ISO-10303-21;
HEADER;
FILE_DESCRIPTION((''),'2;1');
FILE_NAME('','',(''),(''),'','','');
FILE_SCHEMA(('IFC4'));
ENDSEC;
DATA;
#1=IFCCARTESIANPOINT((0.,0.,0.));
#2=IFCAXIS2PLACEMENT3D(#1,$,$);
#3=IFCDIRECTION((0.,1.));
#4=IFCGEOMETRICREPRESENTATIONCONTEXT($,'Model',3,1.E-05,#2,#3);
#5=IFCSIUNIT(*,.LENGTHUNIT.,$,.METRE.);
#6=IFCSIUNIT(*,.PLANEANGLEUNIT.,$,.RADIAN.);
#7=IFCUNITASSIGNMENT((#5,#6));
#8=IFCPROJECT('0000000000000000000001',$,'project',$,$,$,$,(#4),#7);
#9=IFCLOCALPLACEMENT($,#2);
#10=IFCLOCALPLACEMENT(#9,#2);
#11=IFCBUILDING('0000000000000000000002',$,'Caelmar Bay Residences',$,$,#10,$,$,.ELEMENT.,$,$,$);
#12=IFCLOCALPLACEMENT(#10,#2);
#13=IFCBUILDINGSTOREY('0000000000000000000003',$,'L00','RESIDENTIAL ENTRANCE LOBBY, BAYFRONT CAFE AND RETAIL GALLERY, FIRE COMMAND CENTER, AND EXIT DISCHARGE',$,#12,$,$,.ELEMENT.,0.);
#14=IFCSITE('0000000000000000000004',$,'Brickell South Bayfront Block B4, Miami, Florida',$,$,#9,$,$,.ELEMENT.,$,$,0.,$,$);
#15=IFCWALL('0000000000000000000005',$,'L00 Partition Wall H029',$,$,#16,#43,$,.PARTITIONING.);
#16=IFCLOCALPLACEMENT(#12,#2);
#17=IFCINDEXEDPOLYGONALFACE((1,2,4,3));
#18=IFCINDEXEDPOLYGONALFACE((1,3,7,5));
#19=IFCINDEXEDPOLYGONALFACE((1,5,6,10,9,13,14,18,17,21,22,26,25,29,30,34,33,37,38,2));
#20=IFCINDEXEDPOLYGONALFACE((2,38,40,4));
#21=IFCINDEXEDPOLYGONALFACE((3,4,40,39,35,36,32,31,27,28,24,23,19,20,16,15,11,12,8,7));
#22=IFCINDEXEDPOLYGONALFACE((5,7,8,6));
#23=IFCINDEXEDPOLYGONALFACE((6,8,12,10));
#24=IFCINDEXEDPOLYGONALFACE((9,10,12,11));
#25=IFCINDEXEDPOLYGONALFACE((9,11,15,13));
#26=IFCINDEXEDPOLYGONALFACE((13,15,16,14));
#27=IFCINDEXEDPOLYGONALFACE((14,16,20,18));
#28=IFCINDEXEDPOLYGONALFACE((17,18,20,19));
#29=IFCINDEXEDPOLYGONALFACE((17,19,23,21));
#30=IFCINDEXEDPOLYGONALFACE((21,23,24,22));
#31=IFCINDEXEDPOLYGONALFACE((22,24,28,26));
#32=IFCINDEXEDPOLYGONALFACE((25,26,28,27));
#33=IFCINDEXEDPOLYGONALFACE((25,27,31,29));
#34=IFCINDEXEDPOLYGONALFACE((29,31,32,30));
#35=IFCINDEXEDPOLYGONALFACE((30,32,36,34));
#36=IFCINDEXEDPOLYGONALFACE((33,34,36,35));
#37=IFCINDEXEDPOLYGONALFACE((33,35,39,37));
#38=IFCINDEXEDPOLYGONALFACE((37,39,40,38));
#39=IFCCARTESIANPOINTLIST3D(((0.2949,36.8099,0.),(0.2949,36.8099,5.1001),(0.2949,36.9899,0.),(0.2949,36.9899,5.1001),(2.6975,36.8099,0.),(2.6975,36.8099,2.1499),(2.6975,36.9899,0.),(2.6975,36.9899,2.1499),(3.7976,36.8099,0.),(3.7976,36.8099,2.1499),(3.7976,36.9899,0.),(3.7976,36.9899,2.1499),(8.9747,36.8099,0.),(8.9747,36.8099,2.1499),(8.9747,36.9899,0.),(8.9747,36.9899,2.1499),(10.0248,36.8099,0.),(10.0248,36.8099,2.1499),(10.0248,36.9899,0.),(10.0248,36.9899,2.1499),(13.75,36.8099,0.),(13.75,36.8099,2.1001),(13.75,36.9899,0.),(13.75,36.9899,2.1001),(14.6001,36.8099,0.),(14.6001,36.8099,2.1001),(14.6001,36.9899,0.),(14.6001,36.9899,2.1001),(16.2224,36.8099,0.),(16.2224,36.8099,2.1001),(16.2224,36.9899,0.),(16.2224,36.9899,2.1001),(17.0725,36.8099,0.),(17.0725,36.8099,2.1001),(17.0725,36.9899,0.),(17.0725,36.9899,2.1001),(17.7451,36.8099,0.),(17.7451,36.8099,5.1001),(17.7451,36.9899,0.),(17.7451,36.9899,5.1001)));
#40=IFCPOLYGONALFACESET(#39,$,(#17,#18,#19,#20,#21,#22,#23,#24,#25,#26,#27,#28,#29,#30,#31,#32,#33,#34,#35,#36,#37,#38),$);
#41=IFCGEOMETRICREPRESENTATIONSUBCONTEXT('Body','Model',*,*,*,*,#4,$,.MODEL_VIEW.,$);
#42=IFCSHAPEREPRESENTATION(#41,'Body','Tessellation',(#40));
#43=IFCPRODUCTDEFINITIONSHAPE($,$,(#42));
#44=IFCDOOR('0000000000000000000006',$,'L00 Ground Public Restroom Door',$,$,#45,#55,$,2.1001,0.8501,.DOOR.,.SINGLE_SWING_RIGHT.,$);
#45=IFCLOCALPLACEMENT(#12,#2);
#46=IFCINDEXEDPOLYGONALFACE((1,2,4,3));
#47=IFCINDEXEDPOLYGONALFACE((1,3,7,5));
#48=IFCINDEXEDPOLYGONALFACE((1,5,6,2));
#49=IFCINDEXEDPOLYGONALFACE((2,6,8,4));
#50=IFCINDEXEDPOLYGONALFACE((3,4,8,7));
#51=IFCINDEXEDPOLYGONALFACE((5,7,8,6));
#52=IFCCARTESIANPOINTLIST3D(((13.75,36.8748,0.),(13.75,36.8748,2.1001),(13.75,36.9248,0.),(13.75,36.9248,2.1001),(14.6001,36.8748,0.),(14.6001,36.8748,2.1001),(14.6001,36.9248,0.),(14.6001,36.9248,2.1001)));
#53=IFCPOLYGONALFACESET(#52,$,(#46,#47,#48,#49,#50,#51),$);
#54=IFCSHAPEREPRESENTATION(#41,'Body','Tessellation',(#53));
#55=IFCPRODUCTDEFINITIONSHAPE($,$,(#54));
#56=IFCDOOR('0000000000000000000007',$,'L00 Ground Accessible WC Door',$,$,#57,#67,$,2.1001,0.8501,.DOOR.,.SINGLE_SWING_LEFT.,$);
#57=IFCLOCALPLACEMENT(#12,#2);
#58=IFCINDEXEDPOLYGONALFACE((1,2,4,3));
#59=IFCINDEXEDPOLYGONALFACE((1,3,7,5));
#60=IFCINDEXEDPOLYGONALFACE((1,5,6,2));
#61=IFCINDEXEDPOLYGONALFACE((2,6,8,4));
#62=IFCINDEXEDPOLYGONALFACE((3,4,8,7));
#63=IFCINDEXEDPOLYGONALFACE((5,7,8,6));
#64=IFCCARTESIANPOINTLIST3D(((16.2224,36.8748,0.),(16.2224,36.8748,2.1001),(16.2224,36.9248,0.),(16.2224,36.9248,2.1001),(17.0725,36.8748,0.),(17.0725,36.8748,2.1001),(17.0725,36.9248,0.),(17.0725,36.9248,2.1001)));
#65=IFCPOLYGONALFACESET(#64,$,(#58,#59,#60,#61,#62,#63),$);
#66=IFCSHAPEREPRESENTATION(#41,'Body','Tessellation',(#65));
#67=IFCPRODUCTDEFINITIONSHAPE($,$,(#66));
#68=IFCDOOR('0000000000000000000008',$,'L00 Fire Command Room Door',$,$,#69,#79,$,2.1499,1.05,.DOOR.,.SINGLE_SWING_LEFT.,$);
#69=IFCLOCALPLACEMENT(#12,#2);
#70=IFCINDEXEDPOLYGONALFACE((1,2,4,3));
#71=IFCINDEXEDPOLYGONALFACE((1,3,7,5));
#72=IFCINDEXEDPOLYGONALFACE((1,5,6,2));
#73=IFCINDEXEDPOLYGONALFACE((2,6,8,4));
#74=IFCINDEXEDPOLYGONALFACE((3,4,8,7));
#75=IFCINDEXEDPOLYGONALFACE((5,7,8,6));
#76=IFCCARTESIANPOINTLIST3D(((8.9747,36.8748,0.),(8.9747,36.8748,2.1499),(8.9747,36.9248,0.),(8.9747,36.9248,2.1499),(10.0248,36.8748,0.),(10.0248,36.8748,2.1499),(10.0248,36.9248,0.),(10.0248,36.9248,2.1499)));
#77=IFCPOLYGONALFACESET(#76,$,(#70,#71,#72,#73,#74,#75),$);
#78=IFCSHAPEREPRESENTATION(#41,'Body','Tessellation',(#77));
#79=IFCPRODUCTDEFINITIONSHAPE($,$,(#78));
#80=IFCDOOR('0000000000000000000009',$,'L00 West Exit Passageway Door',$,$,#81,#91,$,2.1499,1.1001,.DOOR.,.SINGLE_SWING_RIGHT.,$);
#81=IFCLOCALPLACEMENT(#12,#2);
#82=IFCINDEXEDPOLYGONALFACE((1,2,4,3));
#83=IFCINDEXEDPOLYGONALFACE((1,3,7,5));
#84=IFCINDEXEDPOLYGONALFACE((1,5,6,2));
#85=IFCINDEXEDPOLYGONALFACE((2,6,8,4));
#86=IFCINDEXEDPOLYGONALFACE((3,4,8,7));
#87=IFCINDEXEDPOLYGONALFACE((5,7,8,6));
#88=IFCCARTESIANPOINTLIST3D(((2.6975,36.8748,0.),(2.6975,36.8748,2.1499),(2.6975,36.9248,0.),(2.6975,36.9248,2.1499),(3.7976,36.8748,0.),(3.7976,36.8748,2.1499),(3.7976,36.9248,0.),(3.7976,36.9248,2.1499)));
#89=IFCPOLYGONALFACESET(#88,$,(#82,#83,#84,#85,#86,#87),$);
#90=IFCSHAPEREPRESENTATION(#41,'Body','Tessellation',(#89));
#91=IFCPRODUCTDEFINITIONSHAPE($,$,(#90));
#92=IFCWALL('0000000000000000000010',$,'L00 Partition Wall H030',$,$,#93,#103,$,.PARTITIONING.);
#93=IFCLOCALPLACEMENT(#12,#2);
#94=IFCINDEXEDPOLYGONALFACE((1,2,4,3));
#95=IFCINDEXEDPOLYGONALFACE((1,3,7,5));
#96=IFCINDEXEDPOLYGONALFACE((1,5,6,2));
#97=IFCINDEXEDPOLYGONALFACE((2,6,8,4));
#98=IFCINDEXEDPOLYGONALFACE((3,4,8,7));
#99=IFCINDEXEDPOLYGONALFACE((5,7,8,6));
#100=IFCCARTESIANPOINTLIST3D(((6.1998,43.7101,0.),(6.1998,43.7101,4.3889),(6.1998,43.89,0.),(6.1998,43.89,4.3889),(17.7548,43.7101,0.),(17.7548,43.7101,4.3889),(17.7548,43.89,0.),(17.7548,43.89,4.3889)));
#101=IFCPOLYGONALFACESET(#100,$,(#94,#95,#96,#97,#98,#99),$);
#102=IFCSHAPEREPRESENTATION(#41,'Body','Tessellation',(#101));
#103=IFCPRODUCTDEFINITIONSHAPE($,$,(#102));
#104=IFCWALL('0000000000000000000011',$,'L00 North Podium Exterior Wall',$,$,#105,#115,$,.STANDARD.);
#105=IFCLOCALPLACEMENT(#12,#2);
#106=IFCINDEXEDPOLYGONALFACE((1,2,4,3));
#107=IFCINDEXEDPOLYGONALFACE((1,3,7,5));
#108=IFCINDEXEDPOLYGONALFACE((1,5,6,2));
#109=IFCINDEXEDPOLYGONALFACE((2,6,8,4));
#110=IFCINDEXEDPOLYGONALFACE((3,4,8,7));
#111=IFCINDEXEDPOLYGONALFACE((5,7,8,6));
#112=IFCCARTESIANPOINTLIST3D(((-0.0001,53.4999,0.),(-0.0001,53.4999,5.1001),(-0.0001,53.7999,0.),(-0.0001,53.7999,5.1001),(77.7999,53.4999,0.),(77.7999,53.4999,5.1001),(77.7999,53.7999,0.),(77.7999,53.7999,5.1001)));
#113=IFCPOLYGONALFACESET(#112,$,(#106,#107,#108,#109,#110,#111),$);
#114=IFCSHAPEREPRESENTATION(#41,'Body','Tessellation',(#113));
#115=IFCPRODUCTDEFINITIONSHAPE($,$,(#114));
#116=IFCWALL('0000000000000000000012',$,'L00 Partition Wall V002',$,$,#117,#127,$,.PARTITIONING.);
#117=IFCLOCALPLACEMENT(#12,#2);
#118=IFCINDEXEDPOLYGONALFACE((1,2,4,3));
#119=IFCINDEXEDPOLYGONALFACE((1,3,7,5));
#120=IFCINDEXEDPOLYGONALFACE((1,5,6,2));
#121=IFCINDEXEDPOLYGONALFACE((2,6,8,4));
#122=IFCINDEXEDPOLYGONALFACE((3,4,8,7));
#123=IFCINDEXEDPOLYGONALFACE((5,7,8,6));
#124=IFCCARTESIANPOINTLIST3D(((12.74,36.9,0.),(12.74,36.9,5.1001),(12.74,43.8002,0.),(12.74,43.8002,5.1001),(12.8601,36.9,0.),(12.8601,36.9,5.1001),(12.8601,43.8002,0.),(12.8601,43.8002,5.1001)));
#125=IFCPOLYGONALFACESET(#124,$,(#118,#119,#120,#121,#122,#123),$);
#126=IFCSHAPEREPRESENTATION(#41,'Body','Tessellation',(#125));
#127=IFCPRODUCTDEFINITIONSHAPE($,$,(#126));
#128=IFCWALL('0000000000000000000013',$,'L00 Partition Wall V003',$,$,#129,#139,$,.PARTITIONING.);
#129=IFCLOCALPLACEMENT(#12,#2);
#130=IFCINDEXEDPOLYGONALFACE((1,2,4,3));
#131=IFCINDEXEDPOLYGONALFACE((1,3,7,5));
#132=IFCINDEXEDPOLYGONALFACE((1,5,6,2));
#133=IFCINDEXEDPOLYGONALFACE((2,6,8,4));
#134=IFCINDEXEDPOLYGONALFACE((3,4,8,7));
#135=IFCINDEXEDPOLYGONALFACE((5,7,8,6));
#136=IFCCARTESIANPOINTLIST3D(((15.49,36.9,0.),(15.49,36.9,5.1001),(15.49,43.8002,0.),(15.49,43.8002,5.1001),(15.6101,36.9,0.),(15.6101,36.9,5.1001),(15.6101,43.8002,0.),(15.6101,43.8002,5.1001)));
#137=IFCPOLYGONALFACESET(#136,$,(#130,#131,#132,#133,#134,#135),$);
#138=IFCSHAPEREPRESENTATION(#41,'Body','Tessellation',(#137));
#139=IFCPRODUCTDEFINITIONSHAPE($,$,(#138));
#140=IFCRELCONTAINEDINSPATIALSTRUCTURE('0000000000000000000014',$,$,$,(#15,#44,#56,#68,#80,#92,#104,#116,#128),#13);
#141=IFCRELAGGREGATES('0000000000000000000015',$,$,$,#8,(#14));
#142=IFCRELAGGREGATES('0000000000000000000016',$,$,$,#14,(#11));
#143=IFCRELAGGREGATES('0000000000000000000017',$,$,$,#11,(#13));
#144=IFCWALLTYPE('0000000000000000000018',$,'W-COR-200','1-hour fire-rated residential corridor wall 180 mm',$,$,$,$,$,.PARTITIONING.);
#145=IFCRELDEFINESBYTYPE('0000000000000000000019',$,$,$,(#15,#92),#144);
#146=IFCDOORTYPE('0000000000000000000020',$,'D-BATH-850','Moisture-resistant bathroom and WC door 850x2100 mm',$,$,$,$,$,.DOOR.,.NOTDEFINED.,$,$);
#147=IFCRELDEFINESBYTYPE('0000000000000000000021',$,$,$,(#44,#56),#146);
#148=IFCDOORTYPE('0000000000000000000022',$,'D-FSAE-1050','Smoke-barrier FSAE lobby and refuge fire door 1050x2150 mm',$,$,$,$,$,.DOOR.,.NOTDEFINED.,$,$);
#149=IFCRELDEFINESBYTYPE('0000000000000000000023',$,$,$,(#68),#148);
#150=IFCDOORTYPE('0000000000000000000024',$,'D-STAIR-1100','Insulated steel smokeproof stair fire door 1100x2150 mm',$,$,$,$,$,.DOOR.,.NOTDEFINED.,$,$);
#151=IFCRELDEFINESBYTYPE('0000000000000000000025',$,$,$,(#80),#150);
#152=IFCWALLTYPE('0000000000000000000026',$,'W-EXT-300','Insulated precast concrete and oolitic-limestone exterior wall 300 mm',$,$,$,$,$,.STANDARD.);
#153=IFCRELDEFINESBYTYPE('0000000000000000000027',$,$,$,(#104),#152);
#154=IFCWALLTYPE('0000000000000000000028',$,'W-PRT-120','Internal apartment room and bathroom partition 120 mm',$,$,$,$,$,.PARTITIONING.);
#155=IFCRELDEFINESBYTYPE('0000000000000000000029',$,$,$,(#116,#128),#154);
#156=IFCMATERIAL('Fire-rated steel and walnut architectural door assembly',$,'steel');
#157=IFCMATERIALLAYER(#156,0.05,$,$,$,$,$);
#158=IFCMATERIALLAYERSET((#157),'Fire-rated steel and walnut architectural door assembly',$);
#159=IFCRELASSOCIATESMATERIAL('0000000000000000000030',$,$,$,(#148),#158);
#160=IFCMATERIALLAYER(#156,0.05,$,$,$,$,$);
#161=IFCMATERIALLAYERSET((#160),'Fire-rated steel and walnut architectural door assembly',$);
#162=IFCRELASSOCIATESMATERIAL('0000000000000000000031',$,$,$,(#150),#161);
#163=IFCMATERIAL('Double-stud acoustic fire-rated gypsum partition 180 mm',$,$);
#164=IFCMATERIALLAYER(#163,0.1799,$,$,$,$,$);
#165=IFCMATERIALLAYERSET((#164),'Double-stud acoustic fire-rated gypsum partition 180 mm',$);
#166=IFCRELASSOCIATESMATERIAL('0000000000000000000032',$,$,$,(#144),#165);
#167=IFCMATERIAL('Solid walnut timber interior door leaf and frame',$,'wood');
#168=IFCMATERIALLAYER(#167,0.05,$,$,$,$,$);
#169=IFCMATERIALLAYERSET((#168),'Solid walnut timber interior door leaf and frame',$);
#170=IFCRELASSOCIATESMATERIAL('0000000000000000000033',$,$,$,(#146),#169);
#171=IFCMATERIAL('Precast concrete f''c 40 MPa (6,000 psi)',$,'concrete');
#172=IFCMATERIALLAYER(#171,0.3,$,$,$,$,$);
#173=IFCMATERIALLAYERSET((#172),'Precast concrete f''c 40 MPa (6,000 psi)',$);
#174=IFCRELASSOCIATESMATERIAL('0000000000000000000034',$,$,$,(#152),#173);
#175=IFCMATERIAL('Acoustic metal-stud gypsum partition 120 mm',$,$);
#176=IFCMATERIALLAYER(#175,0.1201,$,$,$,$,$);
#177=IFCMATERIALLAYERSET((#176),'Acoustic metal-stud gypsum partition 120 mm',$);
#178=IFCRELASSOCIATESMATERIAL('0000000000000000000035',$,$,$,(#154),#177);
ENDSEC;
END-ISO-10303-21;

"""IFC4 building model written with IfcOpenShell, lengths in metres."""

from ifc_helpers import new_model, si_unit, direction, frame, frame_2d, origin, place, context, subcontext, project, spatial, rectangle, extrude, material, layer, layer_set, type_object, element, fill, save


model = new_model("IFC4")

# Units and contexts
model_context = context("Model", 3, precision=1e-05, world=origin(), true_north=direction((0.0, 1.0)))
body_context = subcontext(model_context, "Body", "Model", "MODEL_VIEW")
ifc_project = project(units=[si_unit("LENGTHUNIT", "METRE"), si_unit("PLANEANGLEUNIT", "RADIAN")], contexts=[model_context])

# Site, building, storey
site_placement = place(None, origin())
site = spatial("IfcSite", under=ifc_project, at=site_placement, Name="Brickell South Bayfront Block B4, Miami, Florida", CompositionType="ELEMENT", RefElevation=0.0)
building_placement = place(site_placement, origin())
building = spatial("IfcBuilding", under=site, at=building_placement, Name="Caelmar Bay Residences", CompositionType="ELEMENT")
storey_placement = place(building_placement, origin())
storey = spatial("IfcBuildingStorey", under=building, at=storey_placement, Name="L00", Description="RESIDENTIAL ENTRANCE LOBBY, BAYFRONT CAFE AND RETAIL GALLERY, FIRE COMMAND CENTER, AND EXIT DISCHARGE", CompositionType="ELEMENT", Elevation=0.0)

# Shared definitions
ifc_material_1 = material(Name="Fire-rated steel and walnut architectural door assembly", Category="steel")
ifc_layer_1 = layer(ifc_material_1, 0.05)
ifc_layer_set_1 = layer_set([ifc_layer_1], Name="Fire-rated steel and walnut architectural door assembly")
door_type_1 = type_object("IfcDoorType", Name="D-FSAE-1050", Description="Smoke-barrier FSAE lobby and refuge fire door 1050x2150 mm", OperationType="NOTDEFINED", PredefinedType="DOOR", material=ifc_layer_set_1)
ifc_layer_2 = layer(ifc_material_1, 0.05)
ifc_layer_set_2 = layer_set([ifc_layer_2], Name="Fire-rated steel and walnut architectural door assembly")
door_type_2 = type_object("IfcDoorType", Name="D-STAIR-1100", Description="Insulated steel smokeproof stair fire door 1100x2150 mm", OperationType="NOTDEFINED", PredefinedType="DOOR", material=ifc_layer_set_2)

# Shared definitions
ifc_material_2 = material(Name="Double-stud acoustic fire-rated gypsum partition 180 mm")
ifc_layer_3 = layer(ifc_material_2, 0.1799)
ifc_layer_set_3 = layer_set([ifc_layer_3], Name="Double-stud acoustic fire-rated gypsum partition 180 mm")
wall_type_1 = type_object("IfcWallType", Name="W-COR-200", Description="1-hour fire-rated residential corridor wall 180 mm", PredefinedType="PARTITIONING", material=ifc_layer_set_3)

# Wall, openings, doors
wall_1_placement = place(storey_placement, frame((0.2949, 36.8999, 0.0), z_axis=(0.0, 0.0, 1.0), x_axis=(1.0, 0.0, 0.0)))
wall_1 = element("IfcWall", 1, at=wall_1_placement, inside=storey, type_object=wall_type_1, Name="L00 Partition Wall H029", PredefinedType="PARTITIONING", context=body_context, shape_type="SweptSolid", body=[
    extrude(rectangle(XDim=17.4502, YDim=0.1799, at=frame_2d((8.7251, 0.0))), origin(), (0.0, 0.0, 1.0), 5.1001),
])
opening_1_placement = place(wall_1_placement, frame((2.4026, 0.0, 0.0)))
opening_1 = element("IfcOpeningElement", 2, at=opening_1_placement, cuts=wall_1, PredefinedType="OPENING", context=body_context, shape_type="SweptSolid", body=[
    extrude(rectangle(XDim=1.1001, YDim=2.1499, at=frame_2d((0.55, 1.075))), frame((0.0, 0.0999, 0.0), z_axis=(0.0, -1.0, 0.0), x_axis=(1.0, 0.0, 0.0)), (0.0, 0.0, 1.0), 0.2),
])
opening_2_placement = place(wall_1_placement, frame((8.6799, 0.0, 0.0)))
opening_2 = element("IfcOpeningElement", 3, at=opening_2_placement, cuts=wall_1, PredefinedType="OPENING", context=body_context, shape_type="SweptSolid", body=[
    extrude(rectangle(XDim=1.05, YDim=2.1499, at=frame_2d((0.5249, 1.075))), frame((0.0, 0.0999, 0.0), z_axis=(0.0, -1.0, 0.0), x_axis=(1.0, 0.0, 0.0)), (0.0, 0.0, 1.0), 0.2),
])
opening_3_placement = place(wall_1_placement, frame((13.4551, 0.0, 0.0)))
opening_3 = element("IfcOpeningElement", 4, at=opening_3_placement, cuts=wall_1, PredefinedType="OPENING", context=body_context, shape_type="SweptSolid", body=[
    extrude(rectangle(XDim=0.8501, YDim=2.1001, at=frame_2d((0.425, 1.05))), frame((0.0, 0.0999, 0.0), z_axis=(0.0, -1.0, 0.0), x_axis=(1.0, 0.0, 0.0)), (0.0, 0.0, 1.0), 0.2),
])
opening_4_placement = place(wall_1_placement, frame((15.9275, 0.0, 0.0)))
opening_4 = element("IfcOpeningElement", 5, at=opening_4_placement, cuts=wall_1, PredefinedType="OPENING", context=body_context, shape_type="SweptSolid", body=[
    extrude(rectangle(XDim=0.8501, YDim=2.1001, at=frame_2d((0.425, 1.05))), frame((0.0, 0.0999, 0.0), z_axis=(0.0, -1.0, 0.0), x_axis=(1.0, 0.0, 0.0)), (0.0, 0.0, 1.0), 0.2),
])
ifc_material_3 = material(Name="Solid walnut timber interior door leaf and frame", Category="wood")
ifc_layer_4 = layer(ifc_material_3, 0.05)
ifc_layer_set_4 = layer_set([ifc_layer_4], Name="Solid walnut timber interior door leaf and frame")
door_type_3 = type_object("IfcDoorType", Name="D-BATH-850", Description="Moisture-resistant bathroom and WC door 850x2100 mm", OperationType="NOTDEFINED", PredefinedType="DOOR", material=ifc_layer_set_4)
door_1_placement = place(opening_3_placement, origin())
door_1 = element("IfcDoor", 6, at=door_1_placement, inside=storey, type_object=door_type_3, Name="L00 Ground Public Restroom Door", OperationType="SINGLE_SWING_RIGHT", OverallHeight=2.1001, OverallWidth=0.8501, PredefinedType="DOOR", context=body_context, shape_type="SweptSolid", body=[
    extrude(rectangle(XDim=0.8501, YDim=2.1001, at=frame_2d((0.425, 1.05))), frame((0.0, 0.0249, 0.0), z_axis=(0.0, -1.0, 0.0), x_axis=(1.0, 0.0, 0.0)), (0.0, 0.0, 1.0), 0.05),
])
fill(opening_3, door_1)
door_2_placement = place(opening_4_placement, origin())
door_2 = element("IfcDoor", 7, at=door_2_placement, inside=storey, type_object=door_type_3, Name="L00 Ground Accessible WC Door", OperationType="SINGLE_SWING_LEFT", OverallHeight=2.1001, OverallWidth=0.8501, PredefinedType="DOOR", context=body_context, shape_type="SweptSolid", body=[
    extrude(rectangle(XDim=0.8501, YDim=2.1001, at=frame_2d((0.425, 1.05))), frame((0.0, 0.0249, 0.0), z_axis=(0.0, -1.0, 0.0), x_axis=(1.0, 0.0, 0.0)), (0.0, 0.0, 1.0), 0.05),
])
fill(opening_4, door_2)
door_3_placement = place(opening_2_placement, origin())
door_3 = element("IfcDoor", 8, at=door_3_placement, inside=storey, type_object=door_type_1, Name="L00 Fire Command Room Door", OperationType="SINGLE_SWING_LEFT", OverallHeight=2.1499, OverallWidth=1.05, PredefinedType="DOOR", context=body_context, shape_type="SweptSolid", body=[
    extrude(rectangle(XDim=1.05, YDim=2.1499, at=frame_2d((0.5249, 1.075))), frame((0.0, 0.0249, 0.0), z_axis=(0.0, -1.0, 0.0), x_axis=(1.0, 0.0, 0.0)), (0.0, 0.0, 1.0), 0.05),
])
fill(opening_2, door_3)
door_4_placement = place(opening_1_placement, origin())
door_4 = element("IfcDoor", 9, at=door_4_placement, inside=storey, type_object=door_type_2, Name="L00 West Exit Passageway Door", OperationType="SINGLE_SWING_RIGHT", OverallHeight=2.1499, OverallWidth=1.1001, PredefinedType="DOOR", context=body_context, shape_type="SweptSolid", body=[
    extrude(rectangle(XDim=1.1001, YDim=2.1499, at=frame_2d((0.55, 1.075))), frame((0.0, 0.0249, 0.0), z_axis=(0.0, -1.0, 0.0), x_axis=(1.0, 0.0, 0.0)), (0.0, 0.0, 1.0), 0.05),
])
fill(opening_1, door_4)

# Walls
wall_2_placement = place(storey_placement, frame((6.2, 43.8, 0.0), z_axis=(0.0, 0.0, 1.0), x_axis=(1.0, 0.0, 0.0)))
element("IfcWall", 10, at=wall_2_placement, inside=storey, type_object=wall_type_1, Name="L00 Partition Wall H030", PredefinedType="PARTITIONING", context=body_context, shape_type="SweptSolid", body=[
    extrude(rectangle(XDim=11.5549, YDim=0.1799, at=frame_2d((5.7773, 0.0))), origin(), (0.0, 0.0, 1.0), 4.3889),
])
ifc_material_4 = material(Name="Precast concrete f'c 40 MPa (6,000 psi)", Category="concrete")
ifc_layer_5 = layer(ifc_material_4, 0.3)
ifc_layer_set_5 = layer_set([ifc_layer_5], Name="Precast concrete f'c 40 MPa (6,000 psi)")
wall_type_2 = type_object("IfcWallType", Name="W-EXT-300", Description="Insulated precast concrete and oolitic-limestone exterior wall 300 mm", PredefinedType="STANDARD", material=ifc_layer_set_5)
wall_3_placement = place(storey_placement, frame((0.0, 53.6499, 0.0), z_axis=(0.0, 0.0, 1.0), x_axis=(1.0, 0.0, 0.0)))
element("IfcWall", 11, at=wall_3_placement, inside=storey, type_object=wall_type_2, Name="L00 North Podium Exterior Wall", PredefinedType="STANDARD", context=body_context, shape_type="SweptSolid", body=[
    extrude(rectangle(XDim=77.8, YDim=0.3, at=frame_2d((38.8999, 0.0))), origin(), (0.0, 0.0, 1.0), 5.1001),
])
ifc_material_5 = material(Name="Acoustic metal-stud gypsum partition 120 mm")
ifc_layer_6 = layer(ifc_material_5, 0.1201)
ifc_layer_set_6 = layer_set([ifc_layer_6], Name="Acoustic metal-stud gypsum partition 120 mm")
wall_type_3 = type_object("IfcWallType", Name="W-PRT-120", Description="Internal apartment room and bathroom partition 120 mm", PredefinedType="PARTITIONING", material=ifc_layer_set_6)
for number, where, z_axis, x_axis, name in (
    (12, (12.8, 36.8999, 0.0), (0.0, 0.0, 1.0), (0.0, 1.0, 0.0), "L00 Partition Wall V002"),
    (13, (15.55, 36.8999, 0.0), (0.0, 0.0, 1.0), (0.0, 1.0, 0.0), "L00 Partition Wall V003"),
):
    element("IfcWall", number, at=place(storey_placement, frame(where, z_axis=z_axis, x_axis=x_axis)), inside=storey, type_object=wall_type_3, Name=name, PredefinedType="PARTITIONING", context=body_context, shape_type="SweptSolid", body=[
        extrude(rectangle(XDim=6.9001, YDim=0.1201, at=frame_2d((3.4502, 0.0))), origin(), (0.0, 0.0, 1.0), 5.1001),
    ])

save(model, "model.ifc")
